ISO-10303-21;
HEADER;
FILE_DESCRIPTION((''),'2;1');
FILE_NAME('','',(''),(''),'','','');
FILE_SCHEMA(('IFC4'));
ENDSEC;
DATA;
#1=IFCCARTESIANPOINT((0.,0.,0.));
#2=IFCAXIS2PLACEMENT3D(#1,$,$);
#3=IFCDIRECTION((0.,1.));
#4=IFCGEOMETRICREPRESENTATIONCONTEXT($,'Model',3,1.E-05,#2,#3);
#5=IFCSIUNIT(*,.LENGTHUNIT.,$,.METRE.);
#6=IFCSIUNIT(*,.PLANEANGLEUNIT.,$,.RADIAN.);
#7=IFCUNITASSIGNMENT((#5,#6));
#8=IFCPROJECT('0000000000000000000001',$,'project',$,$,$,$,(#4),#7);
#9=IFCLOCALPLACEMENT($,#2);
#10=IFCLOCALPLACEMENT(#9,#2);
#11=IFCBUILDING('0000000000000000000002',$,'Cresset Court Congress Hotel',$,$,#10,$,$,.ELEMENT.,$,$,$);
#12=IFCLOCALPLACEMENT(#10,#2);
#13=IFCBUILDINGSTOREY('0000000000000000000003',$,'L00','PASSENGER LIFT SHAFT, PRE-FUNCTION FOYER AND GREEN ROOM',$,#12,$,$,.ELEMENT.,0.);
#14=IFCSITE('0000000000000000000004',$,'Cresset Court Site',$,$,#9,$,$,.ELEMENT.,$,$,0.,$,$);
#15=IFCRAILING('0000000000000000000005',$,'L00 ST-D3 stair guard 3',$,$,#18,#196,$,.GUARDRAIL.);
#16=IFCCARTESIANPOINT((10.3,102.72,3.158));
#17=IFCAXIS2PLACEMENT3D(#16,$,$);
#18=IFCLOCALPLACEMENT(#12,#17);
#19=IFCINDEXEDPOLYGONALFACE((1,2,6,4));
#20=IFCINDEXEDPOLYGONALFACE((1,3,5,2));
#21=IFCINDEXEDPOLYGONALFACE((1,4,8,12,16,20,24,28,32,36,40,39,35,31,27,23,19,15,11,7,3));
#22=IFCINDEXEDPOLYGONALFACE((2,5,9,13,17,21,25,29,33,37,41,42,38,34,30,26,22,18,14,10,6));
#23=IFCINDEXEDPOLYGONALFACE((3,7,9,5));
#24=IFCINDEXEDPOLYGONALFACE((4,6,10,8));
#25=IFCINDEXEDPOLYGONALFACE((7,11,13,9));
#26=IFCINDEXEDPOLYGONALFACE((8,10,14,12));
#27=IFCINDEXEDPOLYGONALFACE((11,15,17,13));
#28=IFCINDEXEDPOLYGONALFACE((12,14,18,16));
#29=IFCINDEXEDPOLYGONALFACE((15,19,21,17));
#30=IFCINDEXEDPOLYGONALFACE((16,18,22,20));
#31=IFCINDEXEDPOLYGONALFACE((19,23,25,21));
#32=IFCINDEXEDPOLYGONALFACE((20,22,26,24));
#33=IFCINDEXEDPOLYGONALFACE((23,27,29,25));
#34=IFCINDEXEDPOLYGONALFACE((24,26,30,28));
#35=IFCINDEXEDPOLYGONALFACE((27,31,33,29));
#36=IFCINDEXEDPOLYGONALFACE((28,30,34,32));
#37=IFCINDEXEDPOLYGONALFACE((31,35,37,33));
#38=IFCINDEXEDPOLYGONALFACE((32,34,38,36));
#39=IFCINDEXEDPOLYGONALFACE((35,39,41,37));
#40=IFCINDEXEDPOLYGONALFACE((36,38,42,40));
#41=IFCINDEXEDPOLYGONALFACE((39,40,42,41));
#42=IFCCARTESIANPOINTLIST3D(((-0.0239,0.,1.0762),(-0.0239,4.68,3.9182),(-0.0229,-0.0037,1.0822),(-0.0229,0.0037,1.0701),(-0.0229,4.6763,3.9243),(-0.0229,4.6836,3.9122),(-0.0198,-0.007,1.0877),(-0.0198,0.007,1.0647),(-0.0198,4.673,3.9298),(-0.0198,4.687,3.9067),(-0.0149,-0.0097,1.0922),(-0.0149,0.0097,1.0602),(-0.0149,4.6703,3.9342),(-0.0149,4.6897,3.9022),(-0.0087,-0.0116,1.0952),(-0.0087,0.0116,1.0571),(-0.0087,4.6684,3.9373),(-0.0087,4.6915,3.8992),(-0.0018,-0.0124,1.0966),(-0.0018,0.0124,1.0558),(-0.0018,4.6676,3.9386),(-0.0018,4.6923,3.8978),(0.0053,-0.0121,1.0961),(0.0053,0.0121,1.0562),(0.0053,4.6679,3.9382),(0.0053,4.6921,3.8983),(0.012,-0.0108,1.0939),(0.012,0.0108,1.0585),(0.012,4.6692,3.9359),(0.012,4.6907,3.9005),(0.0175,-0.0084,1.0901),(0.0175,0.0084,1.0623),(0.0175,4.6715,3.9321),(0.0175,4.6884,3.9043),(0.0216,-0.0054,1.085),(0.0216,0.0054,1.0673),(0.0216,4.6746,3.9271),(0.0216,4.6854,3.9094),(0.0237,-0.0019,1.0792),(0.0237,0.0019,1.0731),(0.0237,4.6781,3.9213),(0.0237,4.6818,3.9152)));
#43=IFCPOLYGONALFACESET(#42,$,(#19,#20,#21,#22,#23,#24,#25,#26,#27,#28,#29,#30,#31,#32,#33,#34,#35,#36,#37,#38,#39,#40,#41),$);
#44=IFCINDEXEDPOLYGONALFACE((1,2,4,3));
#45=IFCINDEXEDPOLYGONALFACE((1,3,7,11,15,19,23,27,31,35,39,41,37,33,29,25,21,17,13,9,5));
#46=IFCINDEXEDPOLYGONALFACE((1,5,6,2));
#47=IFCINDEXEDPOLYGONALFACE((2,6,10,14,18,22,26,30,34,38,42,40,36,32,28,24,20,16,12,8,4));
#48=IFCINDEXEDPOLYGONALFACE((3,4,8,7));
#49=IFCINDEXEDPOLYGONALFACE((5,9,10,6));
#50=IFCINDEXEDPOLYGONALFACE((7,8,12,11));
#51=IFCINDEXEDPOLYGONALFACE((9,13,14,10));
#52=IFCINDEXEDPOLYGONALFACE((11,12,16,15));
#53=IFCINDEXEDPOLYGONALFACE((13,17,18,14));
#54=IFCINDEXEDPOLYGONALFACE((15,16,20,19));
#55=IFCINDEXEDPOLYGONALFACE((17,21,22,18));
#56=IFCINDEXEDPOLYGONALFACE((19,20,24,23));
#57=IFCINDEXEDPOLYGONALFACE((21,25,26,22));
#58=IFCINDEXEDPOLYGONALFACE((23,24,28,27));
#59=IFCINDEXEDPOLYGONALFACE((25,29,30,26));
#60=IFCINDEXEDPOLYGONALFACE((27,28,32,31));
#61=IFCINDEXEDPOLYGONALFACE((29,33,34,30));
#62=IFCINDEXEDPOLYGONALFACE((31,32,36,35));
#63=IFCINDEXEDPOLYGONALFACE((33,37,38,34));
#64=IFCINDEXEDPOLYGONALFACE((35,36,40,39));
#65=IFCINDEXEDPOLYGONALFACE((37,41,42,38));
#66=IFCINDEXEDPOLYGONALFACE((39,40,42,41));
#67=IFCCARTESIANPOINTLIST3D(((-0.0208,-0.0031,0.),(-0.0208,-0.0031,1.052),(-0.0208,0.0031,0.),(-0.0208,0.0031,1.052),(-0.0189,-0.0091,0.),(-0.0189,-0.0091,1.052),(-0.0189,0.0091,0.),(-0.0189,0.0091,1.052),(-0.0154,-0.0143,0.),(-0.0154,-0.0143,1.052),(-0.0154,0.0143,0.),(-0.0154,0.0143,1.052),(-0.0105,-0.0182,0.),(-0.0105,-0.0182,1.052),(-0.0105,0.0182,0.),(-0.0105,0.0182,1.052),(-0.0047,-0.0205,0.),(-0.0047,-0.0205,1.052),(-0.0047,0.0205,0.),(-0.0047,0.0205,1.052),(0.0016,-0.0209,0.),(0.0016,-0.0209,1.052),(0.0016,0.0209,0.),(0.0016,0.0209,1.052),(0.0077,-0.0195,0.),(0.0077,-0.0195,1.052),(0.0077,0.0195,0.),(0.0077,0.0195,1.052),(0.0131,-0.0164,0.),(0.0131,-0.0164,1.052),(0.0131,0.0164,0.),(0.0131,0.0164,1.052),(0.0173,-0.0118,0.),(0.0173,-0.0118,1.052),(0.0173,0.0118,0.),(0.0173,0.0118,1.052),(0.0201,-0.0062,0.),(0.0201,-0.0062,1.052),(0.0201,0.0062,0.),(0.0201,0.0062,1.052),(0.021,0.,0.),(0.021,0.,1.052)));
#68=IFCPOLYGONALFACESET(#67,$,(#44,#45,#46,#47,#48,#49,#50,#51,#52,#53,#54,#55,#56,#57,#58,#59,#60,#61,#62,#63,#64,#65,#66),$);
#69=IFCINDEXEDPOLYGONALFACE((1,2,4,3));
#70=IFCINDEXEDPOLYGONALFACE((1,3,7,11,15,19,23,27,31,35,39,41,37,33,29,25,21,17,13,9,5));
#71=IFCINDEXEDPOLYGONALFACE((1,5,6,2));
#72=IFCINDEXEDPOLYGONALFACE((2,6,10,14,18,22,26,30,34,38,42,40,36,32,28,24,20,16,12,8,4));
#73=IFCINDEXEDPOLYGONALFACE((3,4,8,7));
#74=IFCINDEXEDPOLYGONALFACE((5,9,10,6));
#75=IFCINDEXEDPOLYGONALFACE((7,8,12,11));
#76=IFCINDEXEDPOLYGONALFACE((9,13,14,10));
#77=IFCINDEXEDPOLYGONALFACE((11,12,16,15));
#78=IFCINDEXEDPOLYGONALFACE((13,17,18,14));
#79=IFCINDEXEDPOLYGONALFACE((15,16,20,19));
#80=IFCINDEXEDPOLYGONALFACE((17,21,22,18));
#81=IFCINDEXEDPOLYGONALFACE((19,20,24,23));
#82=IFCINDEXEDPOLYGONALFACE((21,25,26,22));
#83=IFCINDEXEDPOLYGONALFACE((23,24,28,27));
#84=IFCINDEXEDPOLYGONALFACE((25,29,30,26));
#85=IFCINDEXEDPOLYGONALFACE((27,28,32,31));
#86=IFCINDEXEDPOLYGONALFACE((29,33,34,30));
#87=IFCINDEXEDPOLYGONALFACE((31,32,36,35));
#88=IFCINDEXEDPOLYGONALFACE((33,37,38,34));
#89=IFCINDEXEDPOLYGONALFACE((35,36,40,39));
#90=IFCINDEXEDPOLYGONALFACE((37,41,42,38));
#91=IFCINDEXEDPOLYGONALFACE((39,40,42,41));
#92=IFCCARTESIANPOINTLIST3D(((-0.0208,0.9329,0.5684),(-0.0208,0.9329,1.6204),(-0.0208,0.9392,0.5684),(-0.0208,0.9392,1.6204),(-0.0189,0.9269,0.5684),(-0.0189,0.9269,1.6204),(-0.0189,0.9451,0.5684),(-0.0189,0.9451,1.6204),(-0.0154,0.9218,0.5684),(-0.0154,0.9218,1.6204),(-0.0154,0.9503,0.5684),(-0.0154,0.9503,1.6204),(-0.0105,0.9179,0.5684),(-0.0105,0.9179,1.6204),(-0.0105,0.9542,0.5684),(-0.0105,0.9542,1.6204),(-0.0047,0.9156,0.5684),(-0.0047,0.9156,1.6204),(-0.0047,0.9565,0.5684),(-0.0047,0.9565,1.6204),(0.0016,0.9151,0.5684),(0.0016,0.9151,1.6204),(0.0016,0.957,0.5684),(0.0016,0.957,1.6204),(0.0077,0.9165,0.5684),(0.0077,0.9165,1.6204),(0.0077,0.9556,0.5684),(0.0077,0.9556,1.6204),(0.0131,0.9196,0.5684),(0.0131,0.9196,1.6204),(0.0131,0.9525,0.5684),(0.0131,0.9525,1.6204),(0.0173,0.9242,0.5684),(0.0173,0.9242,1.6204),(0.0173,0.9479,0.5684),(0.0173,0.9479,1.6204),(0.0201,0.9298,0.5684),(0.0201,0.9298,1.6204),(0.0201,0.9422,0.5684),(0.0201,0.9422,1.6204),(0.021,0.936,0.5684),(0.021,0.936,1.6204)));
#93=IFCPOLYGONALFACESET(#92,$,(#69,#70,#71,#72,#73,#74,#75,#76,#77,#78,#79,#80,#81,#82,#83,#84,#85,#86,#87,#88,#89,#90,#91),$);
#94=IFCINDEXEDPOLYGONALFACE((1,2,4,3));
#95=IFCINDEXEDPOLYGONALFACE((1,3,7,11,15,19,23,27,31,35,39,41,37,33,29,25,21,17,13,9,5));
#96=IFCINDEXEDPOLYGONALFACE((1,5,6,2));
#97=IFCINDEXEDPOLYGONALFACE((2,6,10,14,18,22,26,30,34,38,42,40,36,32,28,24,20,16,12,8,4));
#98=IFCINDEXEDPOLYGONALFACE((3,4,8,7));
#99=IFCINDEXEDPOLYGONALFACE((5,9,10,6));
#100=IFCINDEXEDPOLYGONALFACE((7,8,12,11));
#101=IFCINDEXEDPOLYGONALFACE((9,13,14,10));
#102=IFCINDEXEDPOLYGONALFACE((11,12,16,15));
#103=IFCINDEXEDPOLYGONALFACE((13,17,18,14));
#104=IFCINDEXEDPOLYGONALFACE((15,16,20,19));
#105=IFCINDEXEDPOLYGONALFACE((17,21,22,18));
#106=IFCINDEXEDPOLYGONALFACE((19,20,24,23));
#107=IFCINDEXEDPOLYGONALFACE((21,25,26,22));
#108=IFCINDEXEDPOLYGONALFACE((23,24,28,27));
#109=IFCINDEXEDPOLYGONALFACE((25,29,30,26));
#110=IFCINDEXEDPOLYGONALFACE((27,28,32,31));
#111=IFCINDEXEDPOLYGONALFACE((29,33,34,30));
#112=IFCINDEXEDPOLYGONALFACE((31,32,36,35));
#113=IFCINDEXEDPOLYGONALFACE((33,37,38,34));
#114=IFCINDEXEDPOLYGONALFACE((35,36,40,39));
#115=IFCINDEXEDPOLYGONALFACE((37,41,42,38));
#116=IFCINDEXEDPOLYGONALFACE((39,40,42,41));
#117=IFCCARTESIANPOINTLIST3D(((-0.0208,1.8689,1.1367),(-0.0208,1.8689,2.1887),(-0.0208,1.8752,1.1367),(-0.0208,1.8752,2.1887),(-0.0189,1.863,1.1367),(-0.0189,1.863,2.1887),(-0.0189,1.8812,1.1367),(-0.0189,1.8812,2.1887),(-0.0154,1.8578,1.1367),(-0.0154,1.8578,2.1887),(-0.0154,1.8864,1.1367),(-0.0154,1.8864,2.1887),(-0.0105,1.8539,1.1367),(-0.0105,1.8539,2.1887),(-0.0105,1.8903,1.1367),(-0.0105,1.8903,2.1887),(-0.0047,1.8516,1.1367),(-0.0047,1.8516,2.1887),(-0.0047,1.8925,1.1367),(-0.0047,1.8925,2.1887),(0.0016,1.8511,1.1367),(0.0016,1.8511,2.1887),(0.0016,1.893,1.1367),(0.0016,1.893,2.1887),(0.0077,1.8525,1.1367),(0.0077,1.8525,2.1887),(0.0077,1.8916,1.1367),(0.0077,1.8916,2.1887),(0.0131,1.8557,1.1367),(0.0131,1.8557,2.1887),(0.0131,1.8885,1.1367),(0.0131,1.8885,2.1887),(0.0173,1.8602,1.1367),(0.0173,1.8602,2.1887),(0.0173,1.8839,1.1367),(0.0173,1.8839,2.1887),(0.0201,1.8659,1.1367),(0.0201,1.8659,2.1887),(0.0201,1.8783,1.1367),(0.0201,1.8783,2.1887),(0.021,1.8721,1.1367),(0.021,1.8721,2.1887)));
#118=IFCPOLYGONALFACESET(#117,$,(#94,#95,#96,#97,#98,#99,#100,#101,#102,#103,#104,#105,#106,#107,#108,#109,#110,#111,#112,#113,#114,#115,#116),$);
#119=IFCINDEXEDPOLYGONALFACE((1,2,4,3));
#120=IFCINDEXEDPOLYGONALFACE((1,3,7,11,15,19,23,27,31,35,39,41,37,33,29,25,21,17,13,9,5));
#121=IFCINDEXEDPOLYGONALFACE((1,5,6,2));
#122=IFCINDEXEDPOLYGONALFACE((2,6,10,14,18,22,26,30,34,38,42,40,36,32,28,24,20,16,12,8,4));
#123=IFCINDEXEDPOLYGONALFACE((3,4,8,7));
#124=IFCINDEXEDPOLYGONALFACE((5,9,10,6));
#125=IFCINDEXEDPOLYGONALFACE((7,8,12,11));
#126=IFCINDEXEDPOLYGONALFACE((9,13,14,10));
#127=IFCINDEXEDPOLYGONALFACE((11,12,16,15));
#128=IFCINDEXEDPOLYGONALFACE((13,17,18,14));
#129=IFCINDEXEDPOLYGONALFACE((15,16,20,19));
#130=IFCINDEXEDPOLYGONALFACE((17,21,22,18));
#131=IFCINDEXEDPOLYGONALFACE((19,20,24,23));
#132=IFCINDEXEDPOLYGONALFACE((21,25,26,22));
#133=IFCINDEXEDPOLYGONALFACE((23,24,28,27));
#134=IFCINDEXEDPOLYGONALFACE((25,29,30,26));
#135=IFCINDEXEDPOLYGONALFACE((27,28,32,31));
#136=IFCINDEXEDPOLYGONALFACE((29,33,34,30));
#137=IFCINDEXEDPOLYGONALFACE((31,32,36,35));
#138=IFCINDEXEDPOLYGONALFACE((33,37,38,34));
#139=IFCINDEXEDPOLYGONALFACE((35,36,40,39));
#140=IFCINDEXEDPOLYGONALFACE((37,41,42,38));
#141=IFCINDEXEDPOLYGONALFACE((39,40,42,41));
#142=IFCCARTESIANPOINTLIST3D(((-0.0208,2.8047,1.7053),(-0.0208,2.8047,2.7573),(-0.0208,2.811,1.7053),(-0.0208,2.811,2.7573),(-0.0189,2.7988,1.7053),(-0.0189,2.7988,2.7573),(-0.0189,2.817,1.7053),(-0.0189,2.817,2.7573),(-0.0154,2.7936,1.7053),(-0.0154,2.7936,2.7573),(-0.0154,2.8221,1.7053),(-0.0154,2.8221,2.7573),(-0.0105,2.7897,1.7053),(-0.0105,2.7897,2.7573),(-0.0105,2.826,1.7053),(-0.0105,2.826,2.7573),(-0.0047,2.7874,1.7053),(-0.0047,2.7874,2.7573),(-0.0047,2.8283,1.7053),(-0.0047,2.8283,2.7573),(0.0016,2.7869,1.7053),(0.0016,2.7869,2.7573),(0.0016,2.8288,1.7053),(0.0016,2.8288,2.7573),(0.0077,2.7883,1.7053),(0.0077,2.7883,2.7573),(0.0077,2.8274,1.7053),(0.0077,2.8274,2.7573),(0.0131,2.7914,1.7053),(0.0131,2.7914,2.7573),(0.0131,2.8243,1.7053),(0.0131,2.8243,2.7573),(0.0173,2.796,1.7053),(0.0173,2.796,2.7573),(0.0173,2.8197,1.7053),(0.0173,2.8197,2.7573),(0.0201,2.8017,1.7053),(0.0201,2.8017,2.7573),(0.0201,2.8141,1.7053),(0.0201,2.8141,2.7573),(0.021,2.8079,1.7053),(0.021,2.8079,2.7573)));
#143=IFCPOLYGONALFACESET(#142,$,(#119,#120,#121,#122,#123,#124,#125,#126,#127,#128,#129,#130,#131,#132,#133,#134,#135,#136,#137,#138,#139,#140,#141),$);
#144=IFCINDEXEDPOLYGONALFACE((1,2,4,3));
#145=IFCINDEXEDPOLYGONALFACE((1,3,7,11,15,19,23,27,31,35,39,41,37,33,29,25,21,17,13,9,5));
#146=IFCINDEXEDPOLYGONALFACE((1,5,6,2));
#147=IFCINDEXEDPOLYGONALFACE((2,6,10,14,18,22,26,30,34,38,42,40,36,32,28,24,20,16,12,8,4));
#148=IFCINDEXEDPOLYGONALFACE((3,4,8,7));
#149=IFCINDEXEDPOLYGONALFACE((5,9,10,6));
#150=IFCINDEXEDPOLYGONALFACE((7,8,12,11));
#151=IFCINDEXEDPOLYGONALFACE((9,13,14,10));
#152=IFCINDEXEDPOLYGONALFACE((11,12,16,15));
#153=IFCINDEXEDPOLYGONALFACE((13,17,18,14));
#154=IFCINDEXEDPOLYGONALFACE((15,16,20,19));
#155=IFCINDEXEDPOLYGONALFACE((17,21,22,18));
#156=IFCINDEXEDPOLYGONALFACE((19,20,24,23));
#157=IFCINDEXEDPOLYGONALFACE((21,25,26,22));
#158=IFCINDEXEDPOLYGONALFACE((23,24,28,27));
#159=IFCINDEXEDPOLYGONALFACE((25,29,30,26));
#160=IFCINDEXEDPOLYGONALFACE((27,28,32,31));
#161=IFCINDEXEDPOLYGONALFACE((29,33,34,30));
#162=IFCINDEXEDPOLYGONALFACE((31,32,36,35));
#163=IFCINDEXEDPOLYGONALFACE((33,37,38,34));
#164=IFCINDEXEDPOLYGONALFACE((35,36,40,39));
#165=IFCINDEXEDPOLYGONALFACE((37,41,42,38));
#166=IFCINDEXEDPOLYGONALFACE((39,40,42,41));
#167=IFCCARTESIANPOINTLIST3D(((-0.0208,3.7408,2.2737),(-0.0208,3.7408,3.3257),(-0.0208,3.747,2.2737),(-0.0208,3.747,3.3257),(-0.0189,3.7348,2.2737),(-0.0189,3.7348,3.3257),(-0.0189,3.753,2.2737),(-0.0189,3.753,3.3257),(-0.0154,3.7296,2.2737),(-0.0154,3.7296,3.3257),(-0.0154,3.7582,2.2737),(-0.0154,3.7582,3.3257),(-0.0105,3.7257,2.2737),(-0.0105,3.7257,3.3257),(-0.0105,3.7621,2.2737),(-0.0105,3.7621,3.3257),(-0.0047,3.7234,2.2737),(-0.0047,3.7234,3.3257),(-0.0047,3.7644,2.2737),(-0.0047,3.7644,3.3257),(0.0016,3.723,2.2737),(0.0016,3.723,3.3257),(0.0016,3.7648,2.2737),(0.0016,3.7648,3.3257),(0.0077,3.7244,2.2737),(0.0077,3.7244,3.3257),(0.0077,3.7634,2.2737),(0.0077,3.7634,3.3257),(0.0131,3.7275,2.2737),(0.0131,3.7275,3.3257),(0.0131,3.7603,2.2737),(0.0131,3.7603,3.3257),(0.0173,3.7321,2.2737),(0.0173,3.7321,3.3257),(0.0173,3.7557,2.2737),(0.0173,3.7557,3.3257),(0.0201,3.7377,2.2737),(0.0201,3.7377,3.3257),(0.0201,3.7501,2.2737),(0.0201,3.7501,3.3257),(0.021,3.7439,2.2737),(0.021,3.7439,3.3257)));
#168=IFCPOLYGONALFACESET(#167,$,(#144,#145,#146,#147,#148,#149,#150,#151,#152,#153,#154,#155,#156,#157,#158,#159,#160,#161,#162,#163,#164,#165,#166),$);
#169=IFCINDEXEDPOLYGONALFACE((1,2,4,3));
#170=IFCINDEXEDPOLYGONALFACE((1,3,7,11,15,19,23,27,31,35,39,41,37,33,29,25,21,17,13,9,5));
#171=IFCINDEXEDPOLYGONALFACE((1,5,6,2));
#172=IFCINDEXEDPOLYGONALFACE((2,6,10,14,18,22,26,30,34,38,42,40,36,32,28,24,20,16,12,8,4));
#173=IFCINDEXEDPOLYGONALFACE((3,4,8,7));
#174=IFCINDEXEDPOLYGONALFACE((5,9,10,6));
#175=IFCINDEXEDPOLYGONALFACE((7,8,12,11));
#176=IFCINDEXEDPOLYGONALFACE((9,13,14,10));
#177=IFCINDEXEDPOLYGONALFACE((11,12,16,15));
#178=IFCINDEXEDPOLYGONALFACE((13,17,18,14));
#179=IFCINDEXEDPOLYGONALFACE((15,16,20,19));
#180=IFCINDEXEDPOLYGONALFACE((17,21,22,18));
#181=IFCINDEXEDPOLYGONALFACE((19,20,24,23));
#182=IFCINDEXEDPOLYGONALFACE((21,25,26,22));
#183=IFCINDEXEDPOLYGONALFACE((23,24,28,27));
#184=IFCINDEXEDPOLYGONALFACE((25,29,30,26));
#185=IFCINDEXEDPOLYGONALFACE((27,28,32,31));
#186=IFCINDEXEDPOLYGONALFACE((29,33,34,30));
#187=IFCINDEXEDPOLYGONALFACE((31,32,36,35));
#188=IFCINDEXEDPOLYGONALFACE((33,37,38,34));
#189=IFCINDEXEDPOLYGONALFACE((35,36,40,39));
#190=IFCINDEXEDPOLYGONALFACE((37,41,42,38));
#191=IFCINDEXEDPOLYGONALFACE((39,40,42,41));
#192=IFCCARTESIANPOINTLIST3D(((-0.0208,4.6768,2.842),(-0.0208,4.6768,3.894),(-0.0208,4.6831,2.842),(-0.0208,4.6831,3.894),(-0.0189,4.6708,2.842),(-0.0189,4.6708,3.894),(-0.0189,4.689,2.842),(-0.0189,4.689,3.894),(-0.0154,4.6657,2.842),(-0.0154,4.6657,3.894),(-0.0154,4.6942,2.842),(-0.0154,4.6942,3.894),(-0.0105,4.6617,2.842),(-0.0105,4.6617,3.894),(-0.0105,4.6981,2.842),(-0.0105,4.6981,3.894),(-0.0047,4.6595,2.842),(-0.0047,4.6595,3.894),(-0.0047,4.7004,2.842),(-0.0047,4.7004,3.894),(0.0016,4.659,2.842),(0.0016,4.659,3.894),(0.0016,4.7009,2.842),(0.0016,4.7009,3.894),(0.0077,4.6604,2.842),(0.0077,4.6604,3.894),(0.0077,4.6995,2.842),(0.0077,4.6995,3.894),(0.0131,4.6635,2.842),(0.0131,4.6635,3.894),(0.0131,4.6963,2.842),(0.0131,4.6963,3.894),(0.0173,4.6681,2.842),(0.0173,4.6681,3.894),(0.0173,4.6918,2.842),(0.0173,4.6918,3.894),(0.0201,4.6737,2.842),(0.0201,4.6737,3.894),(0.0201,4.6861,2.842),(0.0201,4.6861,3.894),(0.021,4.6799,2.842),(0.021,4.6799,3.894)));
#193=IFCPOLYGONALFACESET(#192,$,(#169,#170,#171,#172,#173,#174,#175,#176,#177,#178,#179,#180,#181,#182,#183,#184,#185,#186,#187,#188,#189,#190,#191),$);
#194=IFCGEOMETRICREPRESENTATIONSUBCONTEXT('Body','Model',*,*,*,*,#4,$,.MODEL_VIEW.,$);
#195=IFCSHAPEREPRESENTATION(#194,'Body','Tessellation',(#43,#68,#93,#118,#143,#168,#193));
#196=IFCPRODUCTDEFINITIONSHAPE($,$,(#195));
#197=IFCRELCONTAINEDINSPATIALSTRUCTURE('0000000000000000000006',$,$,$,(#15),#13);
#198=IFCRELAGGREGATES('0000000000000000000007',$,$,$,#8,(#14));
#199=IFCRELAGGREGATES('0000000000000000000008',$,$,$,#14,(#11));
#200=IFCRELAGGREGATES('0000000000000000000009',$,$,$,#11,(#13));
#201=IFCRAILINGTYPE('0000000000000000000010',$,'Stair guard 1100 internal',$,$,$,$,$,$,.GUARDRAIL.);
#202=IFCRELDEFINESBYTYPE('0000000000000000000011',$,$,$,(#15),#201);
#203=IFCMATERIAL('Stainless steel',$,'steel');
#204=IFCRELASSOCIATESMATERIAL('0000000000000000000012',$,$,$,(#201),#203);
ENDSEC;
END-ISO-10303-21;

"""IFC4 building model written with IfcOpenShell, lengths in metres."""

from ifc_helpers import new_model, si_unit, direction, frame, origin, origin_2d, place, context, subcontext, project, spatial, circle, extrude, material, type_object, element, save


model = new_model("IFC4")

# Units and contexts
model_context = context("Model", 3, precision=1e-05, world=origin(), true_north=direction((0.0, 1.0)))
body_context = subcontext(model_context, "Body", "Model", "MODEL_VIEW")
ifc_project = project(units=[si_unit("LENGTHUNIT", "METRE"), si_unit("PLANEANGLEUNIT", "RADIAN")], contexts=[model_context])

# Site, building, storey
site_placement = place(None, origin())
site = spatial("IfcSite", under=ifc_project, at=site_placement, Name="Cresset Court Site", CompositionType="ELEMENT", RefElevation=0.0)
building_placement = place(site_placement, origin())
building = spatial("IfcBuilding", under=site, at=building_placement, Name="Cresset Court Congress Hotel", CompositionType="ELEMENT")
storey_placement = place(building_placement, origin())
storey = spatial("IfcBuildingStorey", under=building, at=storey_placement, Name="L00", Description="PASSENGER LIFT SHAFT, PRE-FUNCTION FOYER AND GREEN ROOM", CompositionType="ELEMENT", Elevation=0.0)

# Railing
ifc_material_1 = material(Name="Stainless steel", Category="steel")
railing_type_1 = type_object("IfcRailingType", Name="Stair guard 1100 internal", PredefinedType="GUARDRAIL", material=ifc_material_1)
railing_1_placement = place(storey_placement, frame((10.3, 102.72, 3.158)))
element("IfcRailing", 1, at=railing_1_placement, inside=storey, type_object=railing_type_1, Name="L00 ST-D3 stair guard 3", PredefinedType="GUARDRAIL", context=body_context, shape_type="SweptSolid", body=[
    extrude(circle(Radius=0.0239, at=origin_2d()), frame((0.0, 0.0, 1.0762), z_axis=(0.0, 0.854735, 0.519065), x_axis=(-1.0, 0.0, 0.0)), (0.0, 0.0, 1.0), 5.4753),
    extrude(circle(Radius=0.021, at=origin_2d()), origin(), (0.0, 0.0, 1.0), 1.052),
    extrude(circle(Radius=0.021, at=origin_2d()), frame((0.0, 0.936, 0.5684)), (0.0, 0.0, 1.0), 1.052),
    extrude(circle(Radius=0.021, at=origin_2d()), frame((0.0, 1.8721, 1.1367)), (0.0, 0.0, 1.0), 1.052),
    extrude(circle(Radius=0.021, at=origin_2d()), frame((0.0, 2.8079, 1.7053)), (0.0, 0.0, 1.0), 1.052),
    extrude(circle(Radius=0.021, at=origin_2d()), frame((0.0, 3.7439, 2.2737)), (0.0, 0.0, 1.0), 1.052),
    extrude(circle(Radius=0.021, at=origin_2d()), frame((0.0, 4.6799, 2.842)), (0.0, 0.0, 1.0), 1.052),
])

save(model, "model.ifc")
